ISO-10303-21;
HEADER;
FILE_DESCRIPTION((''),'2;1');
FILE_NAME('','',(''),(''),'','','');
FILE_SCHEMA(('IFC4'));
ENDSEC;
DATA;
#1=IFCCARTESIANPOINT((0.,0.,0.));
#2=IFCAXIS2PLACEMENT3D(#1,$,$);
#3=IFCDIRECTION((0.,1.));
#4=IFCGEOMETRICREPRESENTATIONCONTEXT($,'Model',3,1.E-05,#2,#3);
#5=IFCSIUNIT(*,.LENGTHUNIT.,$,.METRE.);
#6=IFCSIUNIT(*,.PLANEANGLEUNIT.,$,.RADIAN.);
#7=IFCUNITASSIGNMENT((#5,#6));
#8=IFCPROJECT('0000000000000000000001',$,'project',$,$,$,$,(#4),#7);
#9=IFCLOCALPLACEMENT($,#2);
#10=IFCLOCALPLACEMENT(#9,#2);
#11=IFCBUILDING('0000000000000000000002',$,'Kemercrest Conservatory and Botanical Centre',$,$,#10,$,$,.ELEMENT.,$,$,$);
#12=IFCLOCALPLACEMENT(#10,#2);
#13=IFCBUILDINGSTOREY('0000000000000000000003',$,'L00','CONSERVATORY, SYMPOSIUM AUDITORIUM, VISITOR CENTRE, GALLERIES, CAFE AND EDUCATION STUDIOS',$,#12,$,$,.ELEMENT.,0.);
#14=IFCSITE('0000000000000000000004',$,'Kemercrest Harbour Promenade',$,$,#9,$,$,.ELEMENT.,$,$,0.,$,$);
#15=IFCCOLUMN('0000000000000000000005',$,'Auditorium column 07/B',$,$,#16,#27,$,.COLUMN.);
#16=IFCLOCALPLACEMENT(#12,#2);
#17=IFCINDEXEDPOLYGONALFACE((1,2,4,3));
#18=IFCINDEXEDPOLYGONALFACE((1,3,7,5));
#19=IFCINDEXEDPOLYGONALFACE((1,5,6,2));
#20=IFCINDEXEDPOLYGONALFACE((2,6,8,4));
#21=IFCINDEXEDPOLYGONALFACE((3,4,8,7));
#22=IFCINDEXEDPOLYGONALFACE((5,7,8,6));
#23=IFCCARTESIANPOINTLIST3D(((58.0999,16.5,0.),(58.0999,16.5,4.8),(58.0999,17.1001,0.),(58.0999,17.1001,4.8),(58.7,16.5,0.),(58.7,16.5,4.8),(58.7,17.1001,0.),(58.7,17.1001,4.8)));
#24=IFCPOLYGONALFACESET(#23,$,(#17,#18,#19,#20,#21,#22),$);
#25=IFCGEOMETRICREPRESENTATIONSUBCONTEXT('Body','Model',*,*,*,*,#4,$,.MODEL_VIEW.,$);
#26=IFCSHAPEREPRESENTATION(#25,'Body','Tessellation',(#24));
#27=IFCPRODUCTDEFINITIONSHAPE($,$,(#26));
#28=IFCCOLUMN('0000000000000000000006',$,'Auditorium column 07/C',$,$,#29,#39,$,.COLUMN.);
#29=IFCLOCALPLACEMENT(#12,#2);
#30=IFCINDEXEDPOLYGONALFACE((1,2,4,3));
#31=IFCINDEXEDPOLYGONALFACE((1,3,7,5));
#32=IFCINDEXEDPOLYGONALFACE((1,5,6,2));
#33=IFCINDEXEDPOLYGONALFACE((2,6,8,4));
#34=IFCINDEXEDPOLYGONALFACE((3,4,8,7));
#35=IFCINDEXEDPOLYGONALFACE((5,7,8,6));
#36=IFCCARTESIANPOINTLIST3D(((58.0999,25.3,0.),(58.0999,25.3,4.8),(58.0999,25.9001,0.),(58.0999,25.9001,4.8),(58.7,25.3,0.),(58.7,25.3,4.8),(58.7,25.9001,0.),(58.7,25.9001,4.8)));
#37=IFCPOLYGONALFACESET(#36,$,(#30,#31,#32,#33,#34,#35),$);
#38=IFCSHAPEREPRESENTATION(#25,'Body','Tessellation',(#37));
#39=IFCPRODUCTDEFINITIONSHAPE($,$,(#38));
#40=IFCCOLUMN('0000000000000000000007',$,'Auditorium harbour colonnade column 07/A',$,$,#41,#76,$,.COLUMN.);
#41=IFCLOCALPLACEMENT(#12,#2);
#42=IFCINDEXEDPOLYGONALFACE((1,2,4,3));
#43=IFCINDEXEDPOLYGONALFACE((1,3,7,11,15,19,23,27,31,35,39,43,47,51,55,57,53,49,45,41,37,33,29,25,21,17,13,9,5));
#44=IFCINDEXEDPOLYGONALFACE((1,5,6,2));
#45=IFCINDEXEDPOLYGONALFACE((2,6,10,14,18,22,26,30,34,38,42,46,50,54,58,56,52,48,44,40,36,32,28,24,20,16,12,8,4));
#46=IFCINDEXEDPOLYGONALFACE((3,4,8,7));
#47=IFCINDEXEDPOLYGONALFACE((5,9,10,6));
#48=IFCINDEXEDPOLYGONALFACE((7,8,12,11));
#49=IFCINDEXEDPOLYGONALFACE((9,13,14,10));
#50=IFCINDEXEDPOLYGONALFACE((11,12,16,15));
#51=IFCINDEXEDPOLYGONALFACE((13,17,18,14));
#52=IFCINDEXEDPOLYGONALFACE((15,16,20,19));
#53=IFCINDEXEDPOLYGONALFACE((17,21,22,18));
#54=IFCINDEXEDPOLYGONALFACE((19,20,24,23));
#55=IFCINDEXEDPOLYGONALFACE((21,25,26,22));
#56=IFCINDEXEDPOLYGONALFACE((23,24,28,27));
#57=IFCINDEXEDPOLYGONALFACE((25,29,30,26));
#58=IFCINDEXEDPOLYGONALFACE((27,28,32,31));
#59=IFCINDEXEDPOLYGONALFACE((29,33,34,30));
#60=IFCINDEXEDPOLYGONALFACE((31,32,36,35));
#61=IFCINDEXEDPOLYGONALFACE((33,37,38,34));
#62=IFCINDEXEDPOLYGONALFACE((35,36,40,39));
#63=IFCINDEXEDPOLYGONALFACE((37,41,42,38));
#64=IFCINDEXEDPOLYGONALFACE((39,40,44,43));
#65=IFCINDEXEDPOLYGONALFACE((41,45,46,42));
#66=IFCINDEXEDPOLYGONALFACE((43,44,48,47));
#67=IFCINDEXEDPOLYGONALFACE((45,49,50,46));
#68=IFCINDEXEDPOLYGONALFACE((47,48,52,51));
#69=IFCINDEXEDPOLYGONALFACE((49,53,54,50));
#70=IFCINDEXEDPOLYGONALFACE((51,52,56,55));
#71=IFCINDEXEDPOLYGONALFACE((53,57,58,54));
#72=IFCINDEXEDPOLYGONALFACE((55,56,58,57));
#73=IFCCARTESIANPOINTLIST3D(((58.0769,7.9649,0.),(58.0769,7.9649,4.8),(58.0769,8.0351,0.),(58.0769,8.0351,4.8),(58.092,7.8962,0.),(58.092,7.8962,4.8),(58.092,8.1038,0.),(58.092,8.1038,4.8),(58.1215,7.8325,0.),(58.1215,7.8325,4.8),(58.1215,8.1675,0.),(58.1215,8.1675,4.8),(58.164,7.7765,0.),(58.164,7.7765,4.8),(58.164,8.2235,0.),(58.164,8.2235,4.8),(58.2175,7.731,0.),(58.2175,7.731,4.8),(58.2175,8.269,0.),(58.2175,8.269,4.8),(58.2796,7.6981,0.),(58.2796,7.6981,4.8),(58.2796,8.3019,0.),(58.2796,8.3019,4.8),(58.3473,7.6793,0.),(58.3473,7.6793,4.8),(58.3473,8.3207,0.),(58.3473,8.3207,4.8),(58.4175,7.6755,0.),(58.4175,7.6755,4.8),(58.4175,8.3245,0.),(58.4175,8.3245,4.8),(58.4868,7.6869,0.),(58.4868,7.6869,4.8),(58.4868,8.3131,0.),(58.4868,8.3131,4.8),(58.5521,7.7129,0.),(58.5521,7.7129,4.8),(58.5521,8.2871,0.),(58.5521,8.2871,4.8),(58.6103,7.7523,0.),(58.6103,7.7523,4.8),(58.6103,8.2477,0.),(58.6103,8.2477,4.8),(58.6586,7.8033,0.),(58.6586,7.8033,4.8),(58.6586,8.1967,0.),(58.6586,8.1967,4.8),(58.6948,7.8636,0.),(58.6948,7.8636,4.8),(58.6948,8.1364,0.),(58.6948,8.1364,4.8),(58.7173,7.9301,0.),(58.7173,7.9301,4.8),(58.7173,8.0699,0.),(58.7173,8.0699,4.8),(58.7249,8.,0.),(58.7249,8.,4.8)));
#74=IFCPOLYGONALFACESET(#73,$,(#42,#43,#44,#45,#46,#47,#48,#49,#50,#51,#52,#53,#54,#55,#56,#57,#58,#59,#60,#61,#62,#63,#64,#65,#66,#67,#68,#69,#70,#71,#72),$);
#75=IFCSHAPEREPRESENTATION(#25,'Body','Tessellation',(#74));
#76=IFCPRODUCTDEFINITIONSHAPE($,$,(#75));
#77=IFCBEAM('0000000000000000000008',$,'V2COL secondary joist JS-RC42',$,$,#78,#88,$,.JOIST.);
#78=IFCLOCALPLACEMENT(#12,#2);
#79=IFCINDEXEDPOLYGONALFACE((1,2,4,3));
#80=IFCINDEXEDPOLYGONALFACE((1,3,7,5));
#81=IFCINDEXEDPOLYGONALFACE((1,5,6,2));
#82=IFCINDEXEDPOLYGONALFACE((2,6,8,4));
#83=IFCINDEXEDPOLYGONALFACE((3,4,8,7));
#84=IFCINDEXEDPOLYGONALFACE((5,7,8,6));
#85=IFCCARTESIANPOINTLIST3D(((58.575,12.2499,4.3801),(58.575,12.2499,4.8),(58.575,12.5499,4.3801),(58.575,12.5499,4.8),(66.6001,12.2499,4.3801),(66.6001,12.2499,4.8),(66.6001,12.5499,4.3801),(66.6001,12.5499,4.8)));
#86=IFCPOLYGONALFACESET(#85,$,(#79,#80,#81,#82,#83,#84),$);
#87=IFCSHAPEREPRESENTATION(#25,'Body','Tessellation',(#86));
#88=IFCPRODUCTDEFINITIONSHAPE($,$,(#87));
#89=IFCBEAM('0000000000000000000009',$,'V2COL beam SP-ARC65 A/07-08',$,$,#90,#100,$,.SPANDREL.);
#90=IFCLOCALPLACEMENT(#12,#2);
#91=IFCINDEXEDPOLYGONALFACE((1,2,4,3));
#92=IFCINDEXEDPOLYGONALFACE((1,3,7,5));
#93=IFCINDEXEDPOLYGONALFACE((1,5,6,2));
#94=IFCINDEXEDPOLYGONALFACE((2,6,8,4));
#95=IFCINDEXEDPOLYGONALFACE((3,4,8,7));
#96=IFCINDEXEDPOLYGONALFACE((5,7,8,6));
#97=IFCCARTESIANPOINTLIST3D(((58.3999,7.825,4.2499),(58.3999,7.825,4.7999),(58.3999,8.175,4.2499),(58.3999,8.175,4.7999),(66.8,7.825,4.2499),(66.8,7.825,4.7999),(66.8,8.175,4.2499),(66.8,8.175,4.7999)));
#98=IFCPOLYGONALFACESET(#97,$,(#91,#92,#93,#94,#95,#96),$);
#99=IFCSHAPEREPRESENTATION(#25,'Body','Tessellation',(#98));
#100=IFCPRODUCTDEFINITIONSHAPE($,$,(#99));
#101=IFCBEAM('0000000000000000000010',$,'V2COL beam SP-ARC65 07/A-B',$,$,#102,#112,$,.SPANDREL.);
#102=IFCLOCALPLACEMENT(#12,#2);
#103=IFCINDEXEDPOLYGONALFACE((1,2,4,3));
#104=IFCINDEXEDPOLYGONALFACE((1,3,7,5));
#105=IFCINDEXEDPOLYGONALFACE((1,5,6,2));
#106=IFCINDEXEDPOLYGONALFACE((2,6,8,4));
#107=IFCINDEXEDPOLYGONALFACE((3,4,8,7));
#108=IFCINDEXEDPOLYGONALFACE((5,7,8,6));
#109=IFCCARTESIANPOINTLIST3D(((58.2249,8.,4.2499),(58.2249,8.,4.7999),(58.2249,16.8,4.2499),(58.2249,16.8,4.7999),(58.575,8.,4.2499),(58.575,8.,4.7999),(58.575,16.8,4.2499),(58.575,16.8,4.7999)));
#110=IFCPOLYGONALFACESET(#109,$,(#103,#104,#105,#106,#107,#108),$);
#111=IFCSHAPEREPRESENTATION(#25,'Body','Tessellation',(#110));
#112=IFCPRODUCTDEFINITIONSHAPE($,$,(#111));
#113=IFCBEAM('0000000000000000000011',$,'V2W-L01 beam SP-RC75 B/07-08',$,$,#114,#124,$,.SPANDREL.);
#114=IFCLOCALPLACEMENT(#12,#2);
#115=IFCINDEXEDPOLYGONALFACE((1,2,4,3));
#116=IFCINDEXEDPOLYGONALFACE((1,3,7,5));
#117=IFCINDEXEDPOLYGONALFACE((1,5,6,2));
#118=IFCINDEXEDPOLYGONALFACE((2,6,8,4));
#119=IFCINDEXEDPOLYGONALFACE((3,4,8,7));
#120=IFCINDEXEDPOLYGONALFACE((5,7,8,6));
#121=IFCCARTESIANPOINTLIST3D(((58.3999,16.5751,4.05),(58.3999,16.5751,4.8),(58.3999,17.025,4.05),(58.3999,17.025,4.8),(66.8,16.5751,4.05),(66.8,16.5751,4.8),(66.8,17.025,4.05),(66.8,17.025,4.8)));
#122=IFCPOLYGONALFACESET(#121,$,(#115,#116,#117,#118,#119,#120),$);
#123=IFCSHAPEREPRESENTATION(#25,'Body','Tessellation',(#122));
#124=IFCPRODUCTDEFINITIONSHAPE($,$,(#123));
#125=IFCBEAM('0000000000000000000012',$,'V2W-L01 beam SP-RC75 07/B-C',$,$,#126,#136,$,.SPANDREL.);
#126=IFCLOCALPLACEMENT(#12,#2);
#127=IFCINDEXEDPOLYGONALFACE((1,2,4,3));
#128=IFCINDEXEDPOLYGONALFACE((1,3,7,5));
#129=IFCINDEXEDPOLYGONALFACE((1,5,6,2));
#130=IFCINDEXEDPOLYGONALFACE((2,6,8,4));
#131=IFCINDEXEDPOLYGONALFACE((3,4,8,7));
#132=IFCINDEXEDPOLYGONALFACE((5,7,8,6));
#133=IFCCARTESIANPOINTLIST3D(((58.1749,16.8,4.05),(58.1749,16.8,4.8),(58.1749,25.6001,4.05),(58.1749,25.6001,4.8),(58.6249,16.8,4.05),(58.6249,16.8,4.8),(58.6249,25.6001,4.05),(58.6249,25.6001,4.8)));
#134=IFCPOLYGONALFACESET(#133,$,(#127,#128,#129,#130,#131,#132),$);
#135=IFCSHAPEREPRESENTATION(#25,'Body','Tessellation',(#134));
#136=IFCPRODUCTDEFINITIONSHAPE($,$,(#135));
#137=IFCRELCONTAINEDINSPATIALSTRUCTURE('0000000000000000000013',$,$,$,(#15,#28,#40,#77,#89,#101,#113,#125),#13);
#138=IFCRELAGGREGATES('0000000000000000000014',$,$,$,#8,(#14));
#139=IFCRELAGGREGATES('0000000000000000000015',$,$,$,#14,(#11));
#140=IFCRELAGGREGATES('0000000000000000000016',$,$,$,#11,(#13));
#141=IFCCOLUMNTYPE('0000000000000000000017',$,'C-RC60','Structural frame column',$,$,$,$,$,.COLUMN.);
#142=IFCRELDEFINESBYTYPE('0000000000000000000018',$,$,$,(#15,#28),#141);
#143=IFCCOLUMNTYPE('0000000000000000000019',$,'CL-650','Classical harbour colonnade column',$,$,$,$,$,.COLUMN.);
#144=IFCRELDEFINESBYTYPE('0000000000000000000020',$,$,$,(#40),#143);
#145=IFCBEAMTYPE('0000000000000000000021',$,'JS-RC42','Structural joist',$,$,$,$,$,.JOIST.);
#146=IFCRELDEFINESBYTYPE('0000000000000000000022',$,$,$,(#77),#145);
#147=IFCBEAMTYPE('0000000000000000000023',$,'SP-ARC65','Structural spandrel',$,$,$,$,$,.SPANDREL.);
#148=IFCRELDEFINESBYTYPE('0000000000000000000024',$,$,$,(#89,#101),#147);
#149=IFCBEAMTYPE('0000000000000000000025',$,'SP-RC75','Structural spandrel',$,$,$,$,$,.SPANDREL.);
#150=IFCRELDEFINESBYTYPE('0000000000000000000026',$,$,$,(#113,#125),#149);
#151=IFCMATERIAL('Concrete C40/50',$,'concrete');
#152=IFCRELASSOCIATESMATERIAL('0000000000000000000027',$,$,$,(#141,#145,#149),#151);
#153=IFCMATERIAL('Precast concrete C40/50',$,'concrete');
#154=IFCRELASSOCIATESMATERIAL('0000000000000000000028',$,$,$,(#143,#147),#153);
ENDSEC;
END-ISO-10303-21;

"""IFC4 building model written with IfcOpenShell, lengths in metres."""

from ifc_helpers import new_model, si_unit, direction, frame, origin, origin_2d, place, context, subcontext, project, spatial, rectangle, circle, extrude, material, material_profile, profile_set, type_object, element, save


model = new_model("IFC4")

# Units and contexts
model_context = context("Model", 3, precision=1e-05, world=origin(), true_north=direction((0.0, 1.0)))
body_context = subcontext(model_context, "Body", "Model", "MODEL_VIEW")
ifc_project = project(units=[si_unit("LENGTHUNIT", "METRE"), si_unit("PLANEANGLEUNIT", "RADIAN")], contexts=[model_context])

# Site, building, storey
site_placement = place(None, origin())
site = spatial("IfcSite", under=ifc_project, at=site_placement, Name="Kemercrest Harbour Promenade", CompositionType="ELEMENT", RefElevation=0.0)
building_placement = place(site_placement, origin())
building = spatial("IfcBuilding", under=site, at=building_placement, Name="Kemercrest Conservatory and Botanical Centre", CompositionType="ELEMENT")
storey_placement = place(building_placement, origin())
storey = spatial("IfcBuildingStorey", under=building, at=storey_placement, Name="L00", Description="CONSERVATORY, SYMPOSIUM AUDITORIUM, VISITOR CENTRE, GALLERIES, CAFE AND EDUCATION STUDIOS", CompositionType="ELEMENT", Elevation=0.0)

# Columns
ifc_material_1 = material(Name="Concrete C40/50", Category="concrete")
ifc_material_profile_1 = material_profile(ifc_material_1, rectangle(XDim=0.6001, YDim=0.6001, at=origin_2d()), Name="RC 600x600")
ifc_profile_set_1 = profile_set([ifc_material_profile_1], Name="Concrete C40/50")
column_type_1 = type_object("IfcColumnType", Name="C-RC60", Description="Structural frame column", PredefinedType="COLUMN", material=ifc_profile_set_1)
for number, where, z_axis, x_axis, name in (
    (1, (58.3999, 16.8, 0.0), (0.0, 0.0, 1.0), (1.0, 0.0, 0.0), "Auditorium column 07/B"),
    (2, (58.3999, 25.6001, 0.0), (0.0, 0.0, 1.0), (1.0, 0.0, 0.0), "Auditorium column 07/C"),
):
    element("IfcColumn", number, at=place(storey_placement, frame(where, z_axis=z_axis, x_axis=x_axis)), inside=storey, type_object=column_type_1, Name=name, PredefinedType="COLUMN", context=body_context, shape_type="SweptSolid", body=[
        extrude(rectangle(XDim=0.6001, YDim=0.6001, at=origin_2d()), origin(), (0.0, 0.0, 1.0), 4.8),
    ])
ifc_material_2 = material(Name="Precast concrete C40/50", Category="concrete")
ifc_material_profile_2 = material_profile(ifc_material_2, circle(Radius=0.325, at=origin_2d()), Name="COLONNADE D650")
ifc_profile_set_2 = profile_set([ifc_material_profile_2], Name="Precast concrete C40/50")
column_type_2 = type_object("IfcColumnType", Name="CL-650", Description="Classical harbour colonnade column", PredefinedType="COLUMN", material=ifc_profile_set_2)
column_placement = place(storey_placement, frame((58.3999, 8.0, 0.0), z_axis=(0.0, 0.0, 1.0), x_axis=(1.0, 0.0, 0.0)))
element("IfcColumn", 3, at=column_placement, inside=storey, type_object=column_type_2, Name="Auditorium harbour colonnade column 07/A", PredefinedType="COLUMN", context=body_context, shape_type="SweptSolid", body=[
    extrude(circle(Radius=0.325, at=origin_2d()), origin(), (0.0, 0.0, 1.0), 4.8),
])

# Beams
ifc_material_profile_3 = material_profile(ifc_material_1, rectangle(XDim=0.3, YDim=0.4199, at=origin_2d()), Name="RC 300x420")
ifc_profile_set_3 = profile_set([ifc_material_profile_3], Name="Concrete C40/50")
beam_type_1 = type_object("IfcBeamType", Name="JS-RC42", Description="Structural joist", PredefinedType="JOIST", material=ifc_profile_set_3)
beam_1_placement = place(storey_placement, frame((58.575, 12.3999, 4.5901), z_axis=(1.0, 0.0, 0.0), x_axis=(0.0, 1.0, 0.0)))
element("IfcBeam", 4, at=beam_1_placement, inside=storey, type_object=beam_type_1, Name="V2COL secondary joist JS-RC42", PredefinedType="JOIST", context=body_context, shape_type="SweptSolid", body=[
    extrude(rectangle(XDim=0.3, YDim=0.4199, at=origin_2d()), origin(), (0.0, 0.0, 1.0), 8.0251),
])
ifc_material_profile_4 = material_profile(ifc_material_2, rectangle(XDim=0.3501, YDim=0.55, at=origin_2d()), Name="RC 350x550")
ifc_profile_set_4 = profile_set([ifc_material_profile_4], Name="Precast concrete C40/50")
beam_type_2 = type_object("IfcBeamType", Name="SP-ARC65", Description="Structural spandrel", PredefinedType="SPANDREL", material=ifc_profile_set_4)
beam_2_placement = place(storey_placement, frame((58.3999, 8.0, 4.5249), z_axis=(1.0, 0.0, 0.0), x_axis=(0.0, 1.0, 0.0)))
element("IfcBeam", 5, at=beam_2_placement, inside=storey, type_object=beam_type_2, Name="V2COL beam SP-ARC65 A/07-08", PredefinedType="SPANDREL", context=body_context, shape_type="SweptSolid", body=[
    extrude(rectangle(XDim=0.3501, YDim=0.55, at=origin_2d()), origin(), (0.0, 0.0, 1.0), 8.4001),
])
beam_3_placement = place(storey_placement, frame((58.3999, 8.0, 4.5249), z_axis=(0.0, 1.0, 0.0), x_axis=(-1.0, 0.0, 0.0)))
element("IfcBeam", 6, at=beam_3_placement, inside=storey, type_object=beam_type_2, Name="V2COL beam SP-ARC65 07/A-B", PredefinedType="SPANDREL", context=body_context, shape_type="SweptSolid", body=[
    extrude(rectangle(XDim=0.3501, YDim=0.55, at=origin_2d()), origin(), (0.0, 0.0, 1.0), 8.8),
])
ifc_material_profile_5 = material_profile(ifc_material_1, rectangle(XDim=0.45, YDim=0.75, at=origin_2d()), Name="RC 450x750")
ifc_profile_set_5 = profile_set([ifc_material_profile_5], Name="Concrete C40/50")
beam_type_3 = type_object("IfcBeamType", Name="SP-RC75", Description="Structural spandrel", PredefinedType="SPANDREL", material=ifc_profile_set_5)
beam_4_placement = place(storey_placement, frame((58.3999, 16.8, 4.425), z_axis=(1.0, 0.0, 0.0), x_axis=(0.0, 1.0, 0.0)))
element("IfcBeam", 7, at=beam_4_placement, inside=storey, type_object=beam_type_3, Name="V2W-L01 beam SP-RC75 B/07-08", PredefinedType="SPANDREL", context=body_context, shape_type="SweptSolid", body=[
    extrude(rectangle(XDim=0.45, YDim=0.75, at=origin_2d()), origin(), (0.0, 0.0, 1.0), 8.4001),
])
beam_5_placement = place(storey_placement, frame((58.3999, 16.8, 4.425), z_axis=(0.0, 1.0, 0.0), x_axis=(-1.0, 0.0, 0.0)))
element("IfcBeam", 8, at=beam_5_placement, inside=storey, type_object=beam_type_3, Name="V2W-L01 beam SP-RC75 07/B-C", PredefinedType="SPANDREL", context=body_context, shape_type="SweptSolid", body=[
    extrude(rectangle(XDim=0.45, YDim=0.75, at=origin_2d()), origin(), (0.0, 0.0, 1.0), 8.8),
])

save(model, "model.ifc")
